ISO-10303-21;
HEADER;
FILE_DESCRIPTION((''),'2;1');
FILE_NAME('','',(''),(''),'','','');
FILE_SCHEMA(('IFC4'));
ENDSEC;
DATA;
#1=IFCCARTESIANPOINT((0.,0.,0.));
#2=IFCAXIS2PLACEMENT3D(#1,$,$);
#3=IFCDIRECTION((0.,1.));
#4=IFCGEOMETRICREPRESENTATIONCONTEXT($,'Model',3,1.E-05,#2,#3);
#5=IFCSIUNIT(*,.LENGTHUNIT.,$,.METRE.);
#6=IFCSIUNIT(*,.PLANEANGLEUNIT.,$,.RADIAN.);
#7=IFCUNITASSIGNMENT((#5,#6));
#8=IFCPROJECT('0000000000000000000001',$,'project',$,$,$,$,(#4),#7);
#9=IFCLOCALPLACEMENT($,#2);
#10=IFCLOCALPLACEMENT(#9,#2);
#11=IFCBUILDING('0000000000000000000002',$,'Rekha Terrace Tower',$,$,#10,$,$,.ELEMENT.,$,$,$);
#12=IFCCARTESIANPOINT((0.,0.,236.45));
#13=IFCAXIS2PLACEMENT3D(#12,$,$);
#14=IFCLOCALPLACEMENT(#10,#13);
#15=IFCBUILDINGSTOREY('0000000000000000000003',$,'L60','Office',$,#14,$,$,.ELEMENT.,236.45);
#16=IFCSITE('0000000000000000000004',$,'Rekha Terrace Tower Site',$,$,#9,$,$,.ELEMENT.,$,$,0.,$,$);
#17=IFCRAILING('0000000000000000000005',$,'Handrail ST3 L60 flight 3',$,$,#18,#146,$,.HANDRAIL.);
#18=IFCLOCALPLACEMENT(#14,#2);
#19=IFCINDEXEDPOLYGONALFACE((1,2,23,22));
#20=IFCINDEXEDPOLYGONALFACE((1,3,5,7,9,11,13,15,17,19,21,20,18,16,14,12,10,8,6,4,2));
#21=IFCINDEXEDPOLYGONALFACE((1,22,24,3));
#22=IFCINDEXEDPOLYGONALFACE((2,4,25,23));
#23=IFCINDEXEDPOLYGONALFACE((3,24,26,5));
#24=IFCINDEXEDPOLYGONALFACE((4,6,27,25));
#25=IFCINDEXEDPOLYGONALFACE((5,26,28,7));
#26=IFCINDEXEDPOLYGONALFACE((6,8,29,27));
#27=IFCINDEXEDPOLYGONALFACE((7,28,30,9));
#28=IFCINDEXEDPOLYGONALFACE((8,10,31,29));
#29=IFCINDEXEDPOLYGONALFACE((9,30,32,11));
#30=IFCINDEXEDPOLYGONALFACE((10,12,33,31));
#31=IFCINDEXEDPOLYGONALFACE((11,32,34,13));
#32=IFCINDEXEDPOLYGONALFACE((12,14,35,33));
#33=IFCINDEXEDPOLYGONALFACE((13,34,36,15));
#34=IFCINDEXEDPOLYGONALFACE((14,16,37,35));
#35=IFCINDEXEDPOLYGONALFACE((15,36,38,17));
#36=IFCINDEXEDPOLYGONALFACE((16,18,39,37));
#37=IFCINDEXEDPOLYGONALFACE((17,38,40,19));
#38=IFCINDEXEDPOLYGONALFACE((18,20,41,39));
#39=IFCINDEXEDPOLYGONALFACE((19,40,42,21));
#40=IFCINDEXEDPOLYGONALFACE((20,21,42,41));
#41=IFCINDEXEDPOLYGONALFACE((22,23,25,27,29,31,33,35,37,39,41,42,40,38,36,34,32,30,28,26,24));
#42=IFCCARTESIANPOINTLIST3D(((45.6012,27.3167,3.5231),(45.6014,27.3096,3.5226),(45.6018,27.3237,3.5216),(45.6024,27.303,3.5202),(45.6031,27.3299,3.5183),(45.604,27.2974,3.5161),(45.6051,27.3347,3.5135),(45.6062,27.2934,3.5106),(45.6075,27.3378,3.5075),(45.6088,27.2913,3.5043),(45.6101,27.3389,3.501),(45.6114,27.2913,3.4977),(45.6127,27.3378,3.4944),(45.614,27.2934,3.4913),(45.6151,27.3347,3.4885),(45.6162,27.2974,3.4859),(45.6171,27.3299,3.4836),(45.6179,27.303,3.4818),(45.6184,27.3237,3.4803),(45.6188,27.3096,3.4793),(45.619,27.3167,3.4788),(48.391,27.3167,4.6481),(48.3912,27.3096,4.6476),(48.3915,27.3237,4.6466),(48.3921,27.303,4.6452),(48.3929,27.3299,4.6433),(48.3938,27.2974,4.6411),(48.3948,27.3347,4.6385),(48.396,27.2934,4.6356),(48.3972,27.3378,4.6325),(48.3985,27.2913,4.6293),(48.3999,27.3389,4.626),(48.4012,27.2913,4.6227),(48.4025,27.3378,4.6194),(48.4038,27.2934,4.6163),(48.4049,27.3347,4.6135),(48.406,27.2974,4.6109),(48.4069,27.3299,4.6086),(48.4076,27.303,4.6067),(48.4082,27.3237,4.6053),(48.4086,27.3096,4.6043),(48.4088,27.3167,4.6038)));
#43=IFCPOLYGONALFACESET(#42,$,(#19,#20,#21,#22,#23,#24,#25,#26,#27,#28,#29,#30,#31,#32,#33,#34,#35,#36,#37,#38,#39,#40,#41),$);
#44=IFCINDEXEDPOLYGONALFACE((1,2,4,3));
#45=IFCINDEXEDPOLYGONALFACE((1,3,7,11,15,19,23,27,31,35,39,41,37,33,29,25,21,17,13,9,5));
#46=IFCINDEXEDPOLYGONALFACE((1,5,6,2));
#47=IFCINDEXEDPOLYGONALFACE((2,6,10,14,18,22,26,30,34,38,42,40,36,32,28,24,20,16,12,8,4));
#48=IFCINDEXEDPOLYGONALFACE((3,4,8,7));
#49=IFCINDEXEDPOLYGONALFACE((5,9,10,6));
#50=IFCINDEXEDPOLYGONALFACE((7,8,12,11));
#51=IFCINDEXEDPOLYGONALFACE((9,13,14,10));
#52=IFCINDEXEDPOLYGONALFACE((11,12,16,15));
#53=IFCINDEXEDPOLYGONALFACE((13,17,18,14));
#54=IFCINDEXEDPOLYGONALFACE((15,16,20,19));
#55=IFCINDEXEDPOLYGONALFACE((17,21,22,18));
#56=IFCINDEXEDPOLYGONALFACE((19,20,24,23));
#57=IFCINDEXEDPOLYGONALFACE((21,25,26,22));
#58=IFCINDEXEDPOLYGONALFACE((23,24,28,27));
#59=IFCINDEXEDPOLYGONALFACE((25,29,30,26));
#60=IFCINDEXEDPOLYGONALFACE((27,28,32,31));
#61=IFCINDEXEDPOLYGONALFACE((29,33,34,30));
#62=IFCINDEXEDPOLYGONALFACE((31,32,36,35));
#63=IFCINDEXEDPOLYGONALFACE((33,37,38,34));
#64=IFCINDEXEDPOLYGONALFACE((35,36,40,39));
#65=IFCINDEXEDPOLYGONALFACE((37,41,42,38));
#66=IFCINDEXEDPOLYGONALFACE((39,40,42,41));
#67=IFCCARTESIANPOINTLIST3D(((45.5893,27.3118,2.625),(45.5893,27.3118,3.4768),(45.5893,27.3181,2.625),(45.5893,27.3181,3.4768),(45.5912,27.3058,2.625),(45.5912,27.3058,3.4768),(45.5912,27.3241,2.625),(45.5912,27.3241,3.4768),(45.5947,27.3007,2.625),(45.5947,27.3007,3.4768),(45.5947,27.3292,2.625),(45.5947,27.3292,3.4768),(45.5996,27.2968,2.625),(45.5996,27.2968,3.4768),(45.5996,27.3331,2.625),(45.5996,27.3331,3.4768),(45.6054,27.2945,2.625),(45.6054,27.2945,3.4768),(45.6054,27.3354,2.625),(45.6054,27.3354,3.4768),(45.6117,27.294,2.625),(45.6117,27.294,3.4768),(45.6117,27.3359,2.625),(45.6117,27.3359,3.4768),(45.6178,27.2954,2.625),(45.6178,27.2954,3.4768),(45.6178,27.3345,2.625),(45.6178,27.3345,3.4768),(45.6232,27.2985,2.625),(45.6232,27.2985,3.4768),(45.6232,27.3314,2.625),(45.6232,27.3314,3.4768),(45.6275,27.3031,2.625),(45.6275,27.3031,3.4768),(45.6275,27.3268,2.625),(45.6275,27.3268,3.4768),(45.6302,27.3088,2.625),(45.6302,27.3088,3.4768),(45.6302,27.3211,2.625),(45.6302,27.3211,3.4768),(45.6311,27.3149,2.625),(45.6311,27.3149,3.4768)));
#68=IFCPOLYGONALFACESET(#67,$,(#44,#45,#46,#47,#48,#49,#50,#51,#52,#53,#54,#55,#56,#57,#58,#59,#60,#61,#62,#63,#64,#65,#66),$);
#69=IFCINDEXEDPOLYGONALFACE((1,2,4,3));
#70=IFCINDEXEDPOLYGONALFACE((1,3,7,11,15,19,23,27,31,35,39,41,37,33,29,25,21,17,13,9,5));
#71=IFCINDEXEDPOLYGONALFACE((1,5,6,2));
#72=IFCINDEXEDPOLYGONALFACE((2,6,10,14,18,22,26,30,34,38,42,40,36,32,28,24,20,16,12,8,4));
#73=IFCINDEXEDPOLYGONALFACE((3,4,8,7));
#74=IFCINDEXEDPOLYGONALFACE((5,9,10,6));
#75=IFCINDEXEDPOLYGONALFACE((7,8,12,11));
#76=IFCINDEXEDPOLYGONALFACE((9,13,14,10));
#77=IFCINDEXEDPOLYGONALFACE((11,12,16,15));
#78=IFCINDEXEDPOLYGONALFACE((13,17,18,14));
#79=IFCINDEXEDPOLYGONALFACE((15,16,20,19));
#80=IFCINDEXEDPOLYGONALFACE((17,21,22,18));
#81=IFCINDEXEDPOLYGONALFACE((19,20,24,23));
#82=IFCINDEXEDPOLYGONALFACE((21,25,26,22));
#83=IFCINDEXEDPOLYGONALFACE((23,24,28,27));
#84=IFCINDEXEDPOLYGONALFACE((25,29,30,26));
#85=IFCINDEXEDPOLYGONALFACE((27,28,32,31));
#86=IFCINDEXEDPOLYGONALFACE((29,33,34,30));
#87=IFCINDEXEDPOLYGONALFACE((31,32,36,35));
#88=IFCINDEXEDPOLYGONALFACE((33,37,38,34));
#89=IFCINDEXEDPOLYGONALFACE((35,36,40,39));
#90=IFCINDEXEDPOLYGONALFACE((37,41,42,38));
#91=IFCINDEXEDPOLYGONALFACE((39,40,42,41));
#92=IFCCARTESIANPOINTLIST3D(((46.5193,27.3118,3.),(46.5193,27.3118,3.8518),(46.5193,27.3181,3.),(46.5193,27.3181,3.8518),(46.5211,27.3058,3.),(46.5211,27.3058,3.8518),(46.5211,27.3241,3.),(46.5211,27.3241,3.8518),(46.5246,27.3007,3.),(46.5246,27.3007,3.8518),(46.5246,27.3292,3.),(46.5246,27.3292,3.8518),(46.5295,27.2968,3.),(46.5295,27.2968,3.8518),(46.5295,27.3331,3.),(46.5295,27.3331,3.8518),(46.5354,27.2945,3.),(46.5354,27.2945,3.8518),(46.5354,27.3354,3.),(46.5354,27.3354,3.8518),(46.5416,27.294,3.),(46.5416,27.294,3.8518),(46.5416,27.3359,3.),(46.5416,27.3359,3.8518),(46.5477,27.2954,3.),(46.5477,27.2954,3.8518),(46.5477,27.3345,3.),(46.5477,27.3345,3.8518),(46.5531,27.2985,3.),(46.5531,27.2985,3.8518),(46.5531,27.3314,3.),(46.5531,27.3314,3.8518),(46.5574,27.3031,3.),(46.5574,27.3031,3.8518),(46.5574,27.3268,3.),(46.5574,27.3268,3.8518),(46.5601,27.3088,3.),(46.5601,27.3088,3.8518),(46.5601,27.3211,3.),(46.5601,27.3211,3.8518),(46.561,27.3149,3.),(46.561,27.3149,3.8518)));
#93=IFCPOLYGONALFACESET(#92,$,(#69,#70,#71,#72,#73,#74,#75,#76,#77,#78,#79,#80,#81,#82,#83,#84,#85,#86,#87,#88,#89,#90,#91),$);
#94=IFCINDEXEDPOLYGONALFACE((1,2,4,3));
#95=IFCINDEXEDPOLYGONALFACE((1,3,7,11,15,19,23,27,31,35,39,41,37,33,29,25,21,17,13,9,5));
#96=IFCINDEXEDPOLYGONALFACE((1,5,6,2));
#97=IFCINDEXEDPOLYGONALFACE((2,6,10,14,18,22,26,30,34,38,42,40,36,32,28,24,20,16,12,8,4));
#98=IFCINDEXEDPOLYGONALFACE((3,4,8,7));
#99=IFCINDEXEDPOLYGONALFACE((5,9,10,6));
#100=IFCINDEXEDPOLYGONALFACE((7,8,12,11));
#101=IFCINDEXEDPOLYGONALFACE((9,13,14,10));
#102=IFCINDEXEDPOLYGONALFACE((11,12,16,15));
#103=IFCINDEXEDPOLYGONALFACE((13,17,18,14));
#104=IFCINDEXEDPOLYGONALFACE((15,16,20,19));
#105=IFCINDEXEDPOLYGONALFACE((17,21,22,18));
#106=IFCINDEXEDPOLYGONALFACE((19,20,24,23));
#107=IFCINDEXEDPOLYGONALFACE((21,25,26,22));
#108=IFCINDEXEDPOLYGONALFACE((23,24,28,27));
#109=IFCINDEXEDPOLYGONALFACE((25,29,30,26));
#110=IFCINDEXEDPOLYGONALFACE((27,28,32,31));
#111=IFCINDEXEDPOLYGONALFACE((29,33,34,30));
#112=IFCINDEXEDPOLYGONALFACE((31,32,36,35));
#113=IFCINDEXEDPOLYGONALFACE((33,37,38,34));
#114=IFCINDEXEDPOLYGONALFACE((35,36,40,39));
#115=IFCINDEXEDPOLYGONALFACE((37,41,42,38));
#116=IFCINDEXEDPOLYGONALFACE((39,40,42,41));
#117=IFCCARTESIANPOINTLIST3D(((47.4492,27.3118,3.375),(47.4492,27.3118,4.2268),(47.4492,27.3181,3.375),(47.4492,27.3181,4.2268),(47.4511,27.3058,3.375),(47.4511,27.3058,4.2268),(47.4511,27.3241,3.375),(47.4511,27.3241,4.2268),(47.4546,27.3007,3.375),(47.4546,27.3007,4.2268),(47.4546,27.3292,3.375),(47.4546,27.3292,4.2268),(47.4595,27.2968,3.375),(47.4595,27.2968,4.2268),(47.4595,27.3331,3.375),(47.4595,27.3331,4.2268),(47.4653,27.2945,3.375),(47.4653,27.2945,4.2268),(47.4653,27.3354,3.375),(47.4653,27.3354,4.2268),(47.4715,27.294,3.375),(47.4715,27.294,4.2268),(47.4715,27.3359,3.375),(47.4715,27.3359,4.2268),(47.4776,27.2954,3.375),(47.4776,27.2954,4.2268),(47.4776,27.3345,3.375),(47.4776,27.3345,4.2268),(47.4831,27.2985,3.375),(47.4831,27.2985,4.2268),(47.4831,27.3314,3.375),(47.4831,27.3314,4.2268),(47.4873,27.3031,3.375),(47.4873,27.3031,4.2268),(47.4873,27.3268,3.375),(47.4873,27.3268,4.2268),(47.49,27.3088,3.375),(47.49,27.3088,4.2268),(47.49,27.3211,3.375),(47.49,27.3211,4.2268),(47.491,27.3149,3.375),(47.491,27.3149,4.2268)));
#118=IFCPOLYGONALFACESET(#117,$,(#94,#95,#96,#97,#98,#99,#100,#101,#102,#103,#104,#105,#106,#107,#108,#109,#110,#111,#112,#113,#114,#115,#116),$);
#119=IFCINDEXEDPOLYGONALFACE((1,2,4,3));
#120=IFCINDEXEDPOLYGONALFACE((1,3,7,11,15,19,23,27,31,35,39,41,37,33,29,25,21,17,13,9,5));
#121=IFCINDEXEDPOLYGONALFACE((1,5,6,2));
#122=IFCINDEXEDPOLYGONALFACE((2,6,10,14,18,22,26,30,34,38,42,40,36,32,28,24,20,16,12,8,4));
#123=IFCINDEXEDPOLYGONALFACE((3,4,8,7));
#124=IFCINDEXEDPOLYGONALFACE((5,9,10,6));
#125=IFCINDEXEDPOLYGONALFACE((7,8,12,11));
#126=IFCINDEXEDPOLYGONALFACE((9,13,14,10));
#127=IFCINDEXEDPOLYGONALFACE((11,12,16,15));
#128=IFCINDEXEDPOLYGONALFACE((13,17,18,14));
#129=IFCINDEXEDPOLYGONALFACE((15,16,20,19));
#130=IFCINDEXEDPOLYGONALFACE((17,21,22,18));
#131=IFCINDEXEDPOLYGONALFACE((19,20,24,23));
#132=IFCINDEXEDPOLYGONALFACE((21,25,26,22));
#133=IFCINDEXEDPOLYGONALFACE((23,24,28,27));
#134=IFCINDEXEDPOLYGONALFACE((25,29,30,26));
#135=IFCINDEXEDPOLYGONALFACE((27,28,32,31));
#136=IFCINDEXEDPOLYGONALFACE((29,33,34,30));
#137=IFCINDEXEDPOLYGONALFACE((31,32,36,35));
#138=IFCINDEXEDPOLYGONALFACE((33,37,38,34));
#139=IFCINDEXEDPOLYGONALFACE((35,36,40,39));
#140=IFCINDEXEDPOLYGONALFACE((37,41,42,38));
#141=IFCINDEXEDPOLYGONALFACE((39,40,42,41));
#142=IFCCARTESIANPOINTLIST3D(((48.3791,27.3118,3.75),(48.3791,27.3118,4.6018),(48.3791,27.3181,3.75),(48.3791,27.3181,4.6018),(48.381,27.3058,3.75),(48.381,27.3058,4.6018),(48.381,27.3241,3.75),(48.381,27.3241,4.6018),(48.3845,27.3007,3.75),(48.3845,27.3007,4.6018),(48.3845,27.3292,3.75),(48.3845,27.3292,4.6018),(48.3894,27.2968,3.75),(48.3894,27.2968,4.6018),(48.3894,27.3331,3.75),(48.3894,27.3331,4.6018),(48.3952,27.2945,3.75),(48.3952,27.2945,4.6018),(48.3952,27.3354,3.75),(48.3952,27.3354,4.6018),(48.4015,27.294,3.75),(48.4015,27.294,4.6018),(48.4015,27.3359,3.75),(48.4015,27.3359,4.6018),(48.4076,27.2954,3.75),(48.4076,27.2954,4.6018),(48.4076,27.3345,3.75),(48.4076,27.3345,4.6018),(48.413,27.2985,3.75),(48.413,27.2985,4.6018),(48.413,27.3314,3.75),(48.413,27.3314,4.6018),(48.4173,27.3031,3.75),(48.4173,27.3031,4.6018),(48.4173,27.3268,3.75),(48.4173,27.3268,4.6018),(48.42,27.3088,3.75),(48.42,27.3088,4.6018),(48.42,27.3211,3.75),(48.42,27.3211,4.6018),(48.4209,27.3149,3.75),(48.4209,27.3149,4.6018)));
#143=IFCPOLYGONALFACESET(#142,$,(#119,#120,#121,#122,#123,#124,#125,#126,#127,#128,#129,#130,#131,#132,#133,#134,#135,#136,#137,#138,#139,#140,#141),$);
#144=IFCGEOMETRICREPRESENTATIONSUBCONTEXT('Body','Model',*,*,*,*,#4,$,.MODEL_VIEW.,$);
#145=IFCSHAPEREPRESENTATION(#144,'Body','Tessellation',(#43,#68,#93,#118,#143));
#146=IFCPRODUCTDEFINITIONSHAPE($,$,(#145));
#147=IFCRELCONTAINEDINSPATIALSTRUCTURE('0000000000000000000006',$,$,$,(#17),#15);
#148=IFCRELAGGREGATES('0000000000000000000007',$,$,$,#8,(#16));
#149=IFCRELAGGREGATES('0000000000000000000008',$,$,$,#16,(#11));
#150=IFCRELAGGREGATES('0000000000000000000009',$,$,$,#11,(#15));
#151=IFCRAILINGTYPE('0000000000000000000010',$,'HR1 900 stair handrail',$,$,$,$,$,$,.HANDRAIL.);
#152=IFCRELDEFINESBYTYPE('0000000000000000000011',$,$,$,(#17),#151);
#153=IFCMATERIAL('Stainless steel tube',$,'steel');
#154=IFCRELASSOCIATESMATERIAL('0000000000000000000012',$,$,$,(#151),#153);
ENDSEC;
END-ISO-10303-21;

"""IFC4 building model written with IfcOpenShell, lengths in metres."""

from ifc_helpers import new_model, si_unit, direction, frame, origin, origin_2d, place, context, subcontext, project, spatial, circle, extrude, material, type_object, element, save


model = new_model("IFC4")

# Units and contexts
model_context = context("Model", 3, precision=1e-05, world=origin(), true_north=direction((0.0, 1.0)))
body_context = subcontext(model_context, "Body", "Model", "MODEL_VIEW")
ifc_project = project(units=[si_unit("LENGTHUNIT", "METRE"), si_unit("PLANEANGLEUNIT", "RADIAN")], contexts=[model_context])

# Site, building, storey
site_placement = place(None, origin())
site = spatial("IfcSite", under=ifc_project, at=site_placement, Name="Rekha Terrace Tower Site", CompositionType="ELEMENT", RefElevation=0.0)
building_placement = place(site_placement, origin())
building = spatial("IfcBuilding", under=site, at=building_placement, Name="Rekha Terrace Tower", CompositionType="ELEMENT")
storey_placement = place(building_placement, frame((0.0, 0.0, 236.45)))
storey = spatial("IfcBuildingStorey", under=building, at=storey_placement, Name="L60", Description="Office", CompositionType="ELEMENT", Elevation=236.45)

# Railing
ifc_material_1 = material(Name="Stainless steel tube", Category="steel")
railing_type_1 = type_object("IfcRailingType", Name="HR1 900 stair handrail", PredefinedType="HANDRAIL", material=ifc_material_1)
railing_1_placement = place(storey_placement, frame((45.6101, 27.3149, 2.625)))
element("IfcRailing", 1, at=railing_1_placement, inside=storey, type_object=railing_type_1, Name="Handrail ST3 L60 flight 3", PredefinedType="HANDRAIL", context=body_context, shape_type="SweptSolid", body=[
    extrude(circle(Radius=0.0239, at=origin_2d()), frame((0.0, 0.0, 0.876), z_axis=(0.927432, 0.0, 0.373992), x_axis=(0.0, 1.0, 0.0)), (0.0, 0.0, 1.0), 3.0081),
    extrude(circle(Radius=0.021, at=origin_2d()), origin(), (0.0, 0.0, 1.0), 0.8518),
    extrude(circle(Radius=0.021, at=origin_2d()), frame((0.9299, 0.0, 0.375)), (0.0, 0.0, 1.0), 0.8518),
    extrude(circle(Radius=0.021, at=origin_2d()), frame((1.8599, 0.0, 0.75)), (0.0, 0.0, 1.0), 0.8518),
    extrude(circle(Radius=0.021, at=origin_2d()), frame((2.7898, 0.0, 1.125)), (0.0, 0.0, 1.0), 0.8518),
])

save(model, "model.ifc")
